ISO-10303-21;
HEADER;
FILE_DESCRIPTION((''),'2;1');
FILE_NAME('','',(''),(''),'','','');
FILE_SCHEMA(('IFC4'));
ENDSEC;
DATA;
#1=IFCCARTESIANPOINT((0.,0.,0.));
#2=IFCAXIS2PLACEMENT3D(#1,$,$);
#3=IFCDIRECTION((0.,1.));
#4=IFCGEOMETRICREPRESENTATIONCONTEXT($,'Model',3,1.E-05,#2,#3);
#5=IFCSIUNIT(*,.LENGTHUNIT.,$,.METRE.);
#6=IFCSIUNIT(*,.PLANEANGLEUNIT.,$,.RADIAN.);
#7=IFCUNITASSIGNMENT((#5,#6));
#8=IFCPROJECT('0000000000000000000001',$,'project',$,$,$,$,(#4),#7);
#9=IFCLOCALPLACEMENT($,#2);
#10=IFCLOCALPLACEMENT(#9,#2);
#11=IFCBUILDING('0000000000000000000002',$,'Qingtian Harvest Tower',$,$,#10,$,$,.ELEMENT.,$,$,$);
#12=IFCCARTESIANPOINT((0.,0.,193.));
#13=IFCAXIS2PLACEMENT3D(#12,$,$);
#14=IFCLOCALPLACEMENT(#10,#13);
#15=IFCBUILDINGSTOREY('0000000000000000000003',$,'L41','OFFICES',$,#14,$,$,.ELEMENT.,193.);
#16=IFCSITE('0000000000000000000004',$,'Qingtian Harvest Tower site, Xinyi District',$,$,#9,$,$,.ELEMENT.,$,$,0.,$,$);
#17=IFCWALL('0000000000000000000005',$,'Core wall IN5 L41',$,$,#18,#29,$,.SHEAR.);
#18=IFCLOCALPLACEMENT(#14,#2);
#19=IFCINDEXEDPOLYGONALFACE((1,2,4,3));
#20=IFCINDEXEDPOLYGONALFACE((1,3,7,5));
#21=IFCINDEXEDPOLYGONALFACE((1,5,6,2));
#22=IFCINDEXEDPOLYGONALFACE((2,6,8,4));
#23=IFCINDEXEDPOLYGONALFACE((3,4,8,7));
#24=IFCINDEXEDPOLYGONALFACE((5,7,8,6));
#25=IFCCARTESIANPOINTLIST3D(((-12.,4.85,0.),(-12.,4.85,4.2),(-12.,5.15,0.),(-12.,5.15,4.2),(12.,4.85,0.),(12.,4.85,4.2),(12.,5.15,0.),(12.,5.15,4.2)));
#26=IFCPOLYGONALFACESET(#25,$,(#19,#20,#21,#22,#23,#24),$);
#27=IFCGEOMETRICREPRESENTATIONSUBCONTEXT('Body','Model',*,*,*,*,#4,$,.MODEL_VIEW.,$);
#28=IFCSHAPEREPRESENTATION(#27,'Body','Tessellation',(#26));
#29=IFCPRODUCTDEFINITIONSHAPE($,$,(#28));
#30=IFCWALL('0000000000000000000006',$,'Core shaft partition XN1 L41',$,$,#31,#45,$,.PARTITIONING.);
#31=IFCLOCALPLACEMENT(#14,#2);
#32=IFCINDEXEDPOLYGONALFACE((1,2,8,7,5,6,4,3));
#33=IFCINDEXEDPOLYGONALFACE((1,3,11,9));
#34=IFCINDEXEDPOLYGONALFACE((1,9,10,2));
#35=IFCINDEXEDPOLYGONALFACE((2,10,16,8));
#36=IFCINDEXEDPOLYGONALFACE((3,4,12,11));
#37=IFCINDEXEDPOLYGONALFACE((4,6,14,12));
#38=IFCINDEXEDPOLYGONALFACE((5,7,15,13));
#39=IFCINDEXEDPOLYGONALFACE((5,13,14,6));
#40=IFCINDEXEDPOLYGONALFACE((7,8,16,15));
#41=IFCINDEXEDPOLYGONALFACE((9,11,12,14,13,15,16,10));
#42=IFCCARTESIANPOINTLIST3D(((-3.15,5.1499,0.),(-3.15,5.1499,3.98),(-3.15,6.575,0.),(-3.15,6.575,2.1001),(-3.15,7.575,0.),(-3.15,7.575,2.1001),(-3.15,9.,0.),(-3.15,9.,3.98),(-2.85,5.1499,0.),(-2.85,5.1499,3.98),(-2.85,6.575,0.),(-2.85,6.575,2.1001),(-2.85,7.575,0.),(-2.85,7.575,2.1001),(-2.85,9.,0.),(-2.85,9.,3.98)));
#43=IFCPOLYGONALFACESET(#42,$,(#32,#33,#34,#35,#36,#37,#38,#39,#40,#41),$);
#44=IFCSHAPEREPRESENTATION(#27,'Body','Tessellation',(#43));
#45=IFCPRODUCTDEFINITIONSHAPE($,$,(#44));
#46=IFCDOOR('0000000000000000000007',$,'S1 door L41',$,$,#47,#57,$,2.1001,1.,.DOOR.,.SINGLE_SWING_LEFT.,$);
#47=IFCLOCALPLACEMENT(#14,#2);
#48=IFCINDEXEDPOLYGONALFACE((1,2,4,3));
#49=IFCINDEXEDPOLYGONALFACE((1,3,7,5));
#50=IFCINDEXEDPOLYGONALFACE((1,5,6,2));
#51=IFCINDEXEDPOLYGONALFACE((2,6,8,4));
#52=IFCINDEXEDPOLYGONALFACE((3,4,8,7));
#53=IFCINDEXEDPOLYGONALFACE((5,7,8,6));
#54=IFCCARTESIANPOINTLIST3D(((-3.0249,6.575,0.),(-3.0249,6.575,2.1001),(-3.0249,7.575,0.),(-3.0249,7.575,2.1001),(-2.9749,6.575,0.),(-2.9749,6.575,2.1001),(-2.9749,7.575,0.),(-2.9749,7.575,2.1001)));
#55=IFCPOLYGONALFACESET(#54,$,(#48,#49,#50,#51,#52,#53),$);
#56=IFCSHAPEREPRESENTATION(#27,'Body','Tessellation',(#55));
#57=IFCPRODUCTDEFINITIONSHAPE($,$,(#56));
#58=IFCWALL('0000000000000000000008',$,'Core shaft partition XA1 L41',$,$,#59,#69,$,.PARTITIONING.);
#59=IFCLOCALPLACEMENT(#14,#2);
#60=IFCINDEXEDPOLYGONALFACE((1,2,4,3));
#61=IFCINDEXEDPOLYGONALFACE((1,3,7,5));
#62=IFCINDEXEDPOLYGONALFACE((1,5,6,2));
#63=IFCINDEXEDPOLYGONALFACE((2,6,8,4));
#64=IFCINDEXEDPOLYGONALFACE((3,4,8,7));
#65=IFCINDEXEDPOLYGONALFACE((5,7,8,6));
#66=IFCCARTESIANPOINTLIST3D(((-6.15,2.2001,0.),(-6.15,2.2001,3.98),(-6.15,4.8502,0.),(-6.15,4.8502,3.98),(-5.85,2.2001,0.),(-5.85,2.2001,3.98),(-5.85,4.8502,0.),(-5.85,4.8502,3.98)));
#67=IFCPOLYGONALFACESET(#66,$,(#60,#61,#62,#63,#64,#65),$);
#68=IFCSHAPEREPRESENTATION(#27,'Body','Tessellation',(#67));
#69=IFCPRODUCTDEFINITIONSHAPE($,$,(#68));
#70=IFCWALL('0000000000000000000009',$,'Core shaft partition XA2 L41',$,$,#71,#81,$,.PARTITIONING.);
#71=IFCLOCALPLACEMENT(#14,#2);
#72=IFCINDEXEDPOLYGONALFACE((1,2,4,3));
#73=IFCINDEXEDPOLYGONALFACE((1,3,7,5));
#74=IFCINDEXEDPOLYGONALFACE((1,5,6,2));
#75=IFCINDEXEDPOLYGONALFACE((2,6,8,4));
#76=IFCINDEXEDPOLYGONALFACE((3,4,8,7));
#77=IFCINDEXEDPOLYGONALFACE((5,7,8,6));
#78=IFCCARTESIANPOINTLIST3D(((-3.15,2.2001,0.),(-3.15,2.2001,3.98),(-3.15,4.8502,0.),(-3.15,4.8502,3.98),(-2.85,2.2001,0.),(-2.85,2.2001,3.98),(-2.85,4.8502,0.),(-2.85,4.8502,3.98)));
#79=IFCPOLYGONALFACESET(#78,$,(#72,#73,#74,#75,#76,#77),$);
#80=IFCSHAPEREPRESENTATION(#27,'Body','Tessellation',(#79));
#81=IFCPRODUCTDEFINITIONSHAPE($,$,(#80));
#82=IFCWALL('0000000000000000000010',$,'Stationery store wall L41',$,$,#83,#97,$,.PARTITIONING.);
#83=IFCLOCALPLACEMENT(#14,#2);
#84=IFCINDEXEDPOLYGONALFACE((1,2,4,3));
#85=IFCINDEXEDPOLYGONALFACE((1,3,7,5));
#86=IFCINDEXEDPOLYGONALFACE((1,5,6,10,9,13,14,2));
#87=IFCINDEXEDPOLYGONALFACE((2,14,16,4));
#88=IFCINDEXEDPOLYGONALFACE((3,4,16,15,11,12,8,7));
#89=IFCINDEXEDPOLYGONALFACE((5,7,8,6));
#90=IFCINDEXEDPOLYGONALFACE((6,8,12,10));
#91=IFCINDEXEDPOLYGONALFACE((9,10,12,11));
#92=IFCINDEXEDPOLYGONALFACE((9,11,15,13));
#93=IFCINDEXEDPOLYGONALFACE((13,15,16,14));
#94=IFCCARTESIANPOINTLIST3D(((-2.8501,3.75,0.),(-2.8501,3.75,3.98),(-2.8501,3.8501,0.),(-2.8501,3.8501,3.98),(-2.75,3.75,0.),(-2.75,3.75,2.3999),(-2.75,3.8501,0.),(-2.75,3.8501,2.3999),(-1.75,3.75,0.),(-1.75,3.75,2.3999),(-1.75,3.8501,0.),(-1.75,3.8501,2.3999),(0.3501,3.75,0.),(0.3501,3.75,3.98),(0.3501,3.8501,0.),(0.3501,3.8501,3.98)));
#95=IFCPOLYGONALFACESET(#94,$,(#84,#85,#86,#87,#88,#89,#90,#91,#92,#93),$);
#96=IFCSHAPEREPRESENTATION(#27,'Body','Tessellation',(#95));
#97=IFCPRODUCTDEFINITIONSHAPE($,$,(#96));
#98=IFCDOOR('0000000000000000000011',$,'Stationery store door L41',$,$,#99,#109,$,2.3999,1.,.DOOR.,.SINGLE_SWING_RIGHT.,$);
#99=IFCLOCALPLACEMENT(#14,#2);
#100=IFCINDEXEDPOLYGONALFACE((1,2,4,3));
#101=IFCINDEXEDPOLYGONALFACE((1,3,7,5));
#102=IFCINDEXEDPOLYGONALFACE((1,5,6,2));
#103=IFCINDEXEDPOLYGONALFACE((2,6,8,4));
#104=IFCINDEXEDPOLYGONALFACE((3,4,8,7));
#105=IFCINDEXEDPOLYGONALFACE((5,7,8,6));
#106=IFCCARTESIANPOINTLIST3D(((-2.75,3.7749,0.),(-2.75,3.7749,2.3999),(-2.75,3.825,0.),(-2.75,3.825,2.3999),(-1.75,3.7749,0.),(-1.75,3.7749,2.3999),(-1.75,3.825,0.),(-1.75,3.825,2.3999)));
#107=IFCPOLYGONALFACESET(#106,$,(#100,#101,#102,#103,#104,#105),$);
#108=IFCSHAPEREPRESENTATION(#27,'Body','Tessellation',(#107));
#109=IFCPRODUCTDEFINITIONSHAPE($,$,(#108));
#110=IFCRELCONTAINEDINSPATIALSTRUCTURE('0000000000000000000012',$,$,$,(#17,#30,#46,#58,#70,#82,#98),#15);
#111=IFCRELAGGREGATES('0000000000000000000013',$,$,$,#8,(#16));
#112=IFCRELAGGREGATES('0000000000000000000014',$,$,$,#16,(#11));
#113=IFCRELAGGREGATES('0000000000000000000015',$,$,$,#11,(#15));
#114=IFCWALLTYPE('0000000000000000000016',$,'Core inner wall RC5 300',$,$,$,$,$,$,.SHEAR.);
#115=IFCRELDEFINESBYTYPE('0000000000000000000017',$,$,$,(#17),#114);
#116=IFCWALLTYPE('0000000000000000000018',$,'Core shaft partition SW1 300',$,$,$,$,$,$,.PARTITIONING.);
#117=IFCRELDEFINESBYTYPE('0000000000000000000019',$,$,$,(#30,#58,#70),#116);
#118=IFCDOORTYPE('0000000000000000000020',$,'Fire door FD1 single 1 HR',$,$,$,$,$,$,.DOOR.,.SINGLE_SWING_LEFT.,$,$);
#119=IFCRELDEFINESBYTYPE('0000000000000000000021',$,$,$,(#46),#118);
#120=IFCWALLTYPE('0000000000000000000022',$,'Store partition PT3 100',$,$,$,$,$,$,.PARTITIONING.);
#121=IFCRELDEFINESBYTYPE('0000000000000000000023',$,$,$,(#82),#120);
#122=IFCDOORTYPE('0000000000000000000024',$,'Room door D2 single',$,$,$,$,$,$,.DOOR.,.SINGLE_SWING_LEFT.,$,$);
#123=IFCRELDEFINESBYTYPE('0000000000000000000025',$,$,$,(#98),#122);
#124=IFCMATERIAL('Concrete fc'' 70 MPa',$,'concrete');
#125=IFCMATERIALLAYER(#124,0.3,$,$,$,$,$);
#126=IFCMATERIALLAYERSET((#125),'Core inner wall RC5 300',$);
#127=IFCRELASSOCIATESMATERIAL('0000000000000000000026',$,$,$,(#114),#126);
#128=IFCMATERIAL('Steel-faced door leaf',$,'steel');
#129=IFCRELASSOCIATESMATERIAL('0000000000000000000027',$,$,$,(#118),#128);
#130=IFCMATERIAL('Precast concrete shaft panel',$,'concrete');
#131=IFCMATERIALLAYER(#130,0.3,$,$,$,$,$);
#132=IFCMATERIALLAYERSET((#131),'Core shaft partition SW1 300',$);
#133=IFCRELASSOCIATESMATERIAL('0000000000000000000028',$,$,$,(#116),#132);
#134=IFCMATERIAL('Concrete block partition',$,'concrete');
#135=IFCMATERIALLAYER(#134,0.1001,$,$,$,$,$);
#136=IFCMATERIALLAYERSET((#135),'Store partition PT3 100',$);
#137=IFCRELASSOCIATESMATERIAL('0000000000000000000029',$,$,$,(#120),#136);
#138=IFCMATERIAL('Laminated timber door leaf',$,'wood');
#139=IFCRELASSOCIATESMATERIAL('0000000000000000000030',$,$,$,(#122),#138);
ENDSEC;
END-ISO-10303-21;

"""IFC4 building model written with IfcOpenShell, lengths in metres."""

from ifc_helpers import new_model, si_unit, direction, frame, frame_2d, origin, place, context, subcontext, project, spatial, rectangle, extrude, material, layer, layer_set, type_object, element, fill, save


model = new_model("IFC4")

# Units and contexts
model_context = context("Model", 3, precision=1e-05, world=origin(), true_north=direction((0.0, 1.0)))
body_context = subcontext(model_context, "Body", "Model", "MODEL_VIEW")
ifc_project = project(units=[si_unit("LENGTHUNIT", "METRE"), si_unit("PLANEANGLEUNIT", "RADIAN")], contexts=[model_context])

# Site, building, storey
site_placement = place(None, origin())
site = spatial("IfcSite", under=ifc_project, at=site_placement, Name="Qingtian Harvest Tower site, Xinyi District", CompositionType="ELEMENT", RefElevation=0.0)
building_placement = place(site_placement, origin())
building = spatial("IfcBuilding", under=site, at=building_placement, Name="Qingtian Harvest Tower", CompositionType="ELEMENT")
storey_placement = place(building_placement, frame((0.0, 0.0, 193.0)))
storey = spatial("IfcBuildingStorey", under=building, at=storey_placement, Name="L41", Description="OFFICES", CompositionType="ELEMENT", Elevation=193.0)

# Wall
ifc_material_1 = material(Name="Concrete fc' 70 MPa", Category="concrete")
ifc_layer_1 = layer(ifc_material_1, 0.3)
ifc_layer_set_1 = layer_set([ifc_layer_1], Name="Core inner wall RC5 300")
wall_type_1 = type_object("IfcWallType", Name="Core inner wall RC5 300", PredefinedType="SHEAR", material=ifc_layer_set_1)
wall_1_placement = place(storey_placement, frame((-12.0, 5.0, 0.0), z_axis=(0.0, 0.0, 1.0), x_axis=(1.0, 0.0, 0.0)))
element("IfcWall", 1, at=wall_1_placement, inside=storey, type_object=wall_type_1, Name="Core wall IN5 L41", PredefinedType="SHEAR", context=body_context, shape_type="SweptSolid", body=[
    extrude(rectangle(XDim=24.0, YDim=0.3, at=frame_2d((12.0, 0.0))), origin(), (0.0, 0.0, 1.0), 4.2),
])

# Shared definitions
ifc_material_2 = material(Name="Steel-faced door leaf", Category="steel")
door_type_1 = type_object("IfcDoorType", Name="Fire door FD1 single 1 HR", OperationType="SINGLE_SWING_LEFT", PredefinedType="DOOR", material=ifc_material_2)

# Wall, opening, door
ifc_material_3 = material(Name="Precast concrete shaft panel", Category="concrete")
ifc_layer_2 = layer(ifc_material_3, 0.3)
ifc_layer_set_2 = layer_set([ifc_layer_2], Name="Core shaft partition SW1 300")
wall_type_2 = type_object("IfcWallType", Name="Core shaft partition SW1 300", PredefinedType="PARTITIONING", material=ifc_layer_set_2)
wall_2_placement = place(storey_placement, frame((-3.0, 5.1499, 0.0), z_axis=(0.0, 0.0, 1.0), x_axis=(0.0, 1.0, 0.0)))
wall_2 = element("IfcWall", 2, at=wall_2_placement, inside=storey, type_object=wall_type_2, Name="Core shaft partition XN1 L41", PredefinedType="PARTITIONING", context=body_context, shape_type="SweptSolid", body=[
    extrude(rectangle(XDim=3.8501, YDim=0.3, at=frame_2d((1.925, 0.0))), origin(), (0.0, 0.0, 1.0), 3.98),
])
opening_1_placement = place(wall_2_placement, frame((1.425, 0.0, 0.0)))
opening_1 = element("IfcOpeningElement", 3, at=opening_1_placement, cuts=wall_2, PredefinedType="OPENING", context=body_context, shape_type="SweptSolid", body=[
    extrude(rectangle(XDim=1.0, YDim=2.1001, at=frame_2d((0.5, 1.05))), frame((0.0, 0.1599, 0.0), z_axis=(0.0, -1.0, 0.0), x_axis=(1.0, 0.0, 0.0)), (0.0, 0.0, 1.0), 0.3201),
])
door_1_placement = place(opening_1_placement, origin())
door_1 = element("IfcDoor", 4, at=door_1_placement, inside=storey, type_object=door_type_1, Name="S1 door L41", OperationType="SINGLE_SWING_LEFT", OverallHeight=2.1001, OverallWidth=1.0, PredefinedType="DOOR", context=body_context, shape_type="SweptSolid", body=[
    extrude(rectangle(XDim=1.0, YDim=2.1001, at=frame_2d((0.5, 1.05))), frame((0.0, 0.0249, 0.0), z_axis=(0.0, -1.0, 0.0), x_axis=(1.0, 0.0, 0.0)), (0.0, 0.0, 1.0), 0.05),
])
fill(opening_1, door_1)

# Walls
for number, where, z_axis, x_axis, name in (
    (5, (-6.0, 2.2, 0.0), (0.0, 0.0, 1.0), (0.0, 1.0, 0.0), "Core shaft partition XA1 L41"),
    (6, (-3.0, 2.2, 0.0), (0.0, 0.0, 1.0), (0.0, 1.0, 0.0), "Core shaft partition XA2 L41"),
):
    element("IfcWall", number, at=place(storey_placement, frame(where, z_axis=z_axis, x_axis=x_axis)), inside=storey, type_object=wall_type_2, Name=name, PredefinedType="PARTITIONING", context=body_context, shape_type="SweptSolid", body=[
        extrude(rectangle(XDim=2.6501, YDim=0.3, at=frame_2d((1.3252, 0.0))), origin(), (0.0, 0.0, 1.0), 3.98),
    ])

# Wall, opening, door
ifc_material_4 = material(Name="Concrete block partition", Category="concrete")
ifc_layer_3 = layer(ifc_material_4, 0.1001)
ifc_layer_set_3 = layer_set([ifc_layer_3], Name="Store partition PT3 100")
wall_type_3 = type_object("IfcWallType", Name="Store partition PT3 100", PredefinedType="PARTITIONING", material=ifc_layer_set_3)
wall_3_placement = place(storey_placement, frame((-2.8501, 3.8, 0.0), z_axis=(0.0, 0.0, 1.0), x_axis=(1.0, 0.0, 0.0)))
wall_3 = element("IfcWall", 7, at=wall_3_placement, inside=storey, type_object=wall_type_3, Name="Stationery store wall L41", PredefinedType="PARTITIONING", context=body_context, shape_type="SweptSolid", body=[
    extrude(rectangle(XDim=3.2002, YDim=0.1001, at=frame_2d((1.6001, 0.0))), origin(), (0.0, 0.0, 1.0), 3.98),
])
opening_2_placement = place(wall_3_placement, frame((0.1001, 0.0, 0.0)))
opening_2 = element("IfcOpeningElement", 8, at=opening_2_placement, cuts=wall_3, PredefinedType="OPENING", context=body_context, shape_type="SweptSolid", body=[
    extrude(rectangle(XDim=1.0, YDim=2.3999, at=frame_2d((0.5, 1.2))), frame((0.0, 0.0601, 0.0), z_axis=(0.0, -1.0, 0.0), x_axis=(1.0, 0.0, 0.0)), (0.0, 0.0, 1.0), 0.1201),
])
ifc_material_5 = material(Name="Laminated timber door leaf", Category="wood")
door_type_2 = type_object("IfcDoorType", Name="Room door D2 single", OperationType="SINGLE_SWING_LEFT", PredefinedType="DOOR", material=ifc_material_5)
door_2_placement = place(opening_2_placement, origin())
door_2 = element("IfcDoor", 9, at=door_2_placement, inside=storey, type_object=door_type_2, Name="Stationery store door L41", OperationType="SINGLE_SWING_RIGHT", OverallHeight=2.3999, OverallWidth=1.0, PredefinedType="DOOR", context=body_context, shape_type="SweptSolid", body=[
    extrude(rectangle(XDim=1.0, YDim=2.3999, at=frame_2d((0.5, 1.2))), frame((0.0, 0.0249, 0.0), z_axis=(0.0, -1.0, 0.0), x_axis=(1.0, 0.0, 0.0)), (0.0, 0.0, 1.0), 0.05),
])
fill(opening_2, door_2)

save(model, "model.ifc")
